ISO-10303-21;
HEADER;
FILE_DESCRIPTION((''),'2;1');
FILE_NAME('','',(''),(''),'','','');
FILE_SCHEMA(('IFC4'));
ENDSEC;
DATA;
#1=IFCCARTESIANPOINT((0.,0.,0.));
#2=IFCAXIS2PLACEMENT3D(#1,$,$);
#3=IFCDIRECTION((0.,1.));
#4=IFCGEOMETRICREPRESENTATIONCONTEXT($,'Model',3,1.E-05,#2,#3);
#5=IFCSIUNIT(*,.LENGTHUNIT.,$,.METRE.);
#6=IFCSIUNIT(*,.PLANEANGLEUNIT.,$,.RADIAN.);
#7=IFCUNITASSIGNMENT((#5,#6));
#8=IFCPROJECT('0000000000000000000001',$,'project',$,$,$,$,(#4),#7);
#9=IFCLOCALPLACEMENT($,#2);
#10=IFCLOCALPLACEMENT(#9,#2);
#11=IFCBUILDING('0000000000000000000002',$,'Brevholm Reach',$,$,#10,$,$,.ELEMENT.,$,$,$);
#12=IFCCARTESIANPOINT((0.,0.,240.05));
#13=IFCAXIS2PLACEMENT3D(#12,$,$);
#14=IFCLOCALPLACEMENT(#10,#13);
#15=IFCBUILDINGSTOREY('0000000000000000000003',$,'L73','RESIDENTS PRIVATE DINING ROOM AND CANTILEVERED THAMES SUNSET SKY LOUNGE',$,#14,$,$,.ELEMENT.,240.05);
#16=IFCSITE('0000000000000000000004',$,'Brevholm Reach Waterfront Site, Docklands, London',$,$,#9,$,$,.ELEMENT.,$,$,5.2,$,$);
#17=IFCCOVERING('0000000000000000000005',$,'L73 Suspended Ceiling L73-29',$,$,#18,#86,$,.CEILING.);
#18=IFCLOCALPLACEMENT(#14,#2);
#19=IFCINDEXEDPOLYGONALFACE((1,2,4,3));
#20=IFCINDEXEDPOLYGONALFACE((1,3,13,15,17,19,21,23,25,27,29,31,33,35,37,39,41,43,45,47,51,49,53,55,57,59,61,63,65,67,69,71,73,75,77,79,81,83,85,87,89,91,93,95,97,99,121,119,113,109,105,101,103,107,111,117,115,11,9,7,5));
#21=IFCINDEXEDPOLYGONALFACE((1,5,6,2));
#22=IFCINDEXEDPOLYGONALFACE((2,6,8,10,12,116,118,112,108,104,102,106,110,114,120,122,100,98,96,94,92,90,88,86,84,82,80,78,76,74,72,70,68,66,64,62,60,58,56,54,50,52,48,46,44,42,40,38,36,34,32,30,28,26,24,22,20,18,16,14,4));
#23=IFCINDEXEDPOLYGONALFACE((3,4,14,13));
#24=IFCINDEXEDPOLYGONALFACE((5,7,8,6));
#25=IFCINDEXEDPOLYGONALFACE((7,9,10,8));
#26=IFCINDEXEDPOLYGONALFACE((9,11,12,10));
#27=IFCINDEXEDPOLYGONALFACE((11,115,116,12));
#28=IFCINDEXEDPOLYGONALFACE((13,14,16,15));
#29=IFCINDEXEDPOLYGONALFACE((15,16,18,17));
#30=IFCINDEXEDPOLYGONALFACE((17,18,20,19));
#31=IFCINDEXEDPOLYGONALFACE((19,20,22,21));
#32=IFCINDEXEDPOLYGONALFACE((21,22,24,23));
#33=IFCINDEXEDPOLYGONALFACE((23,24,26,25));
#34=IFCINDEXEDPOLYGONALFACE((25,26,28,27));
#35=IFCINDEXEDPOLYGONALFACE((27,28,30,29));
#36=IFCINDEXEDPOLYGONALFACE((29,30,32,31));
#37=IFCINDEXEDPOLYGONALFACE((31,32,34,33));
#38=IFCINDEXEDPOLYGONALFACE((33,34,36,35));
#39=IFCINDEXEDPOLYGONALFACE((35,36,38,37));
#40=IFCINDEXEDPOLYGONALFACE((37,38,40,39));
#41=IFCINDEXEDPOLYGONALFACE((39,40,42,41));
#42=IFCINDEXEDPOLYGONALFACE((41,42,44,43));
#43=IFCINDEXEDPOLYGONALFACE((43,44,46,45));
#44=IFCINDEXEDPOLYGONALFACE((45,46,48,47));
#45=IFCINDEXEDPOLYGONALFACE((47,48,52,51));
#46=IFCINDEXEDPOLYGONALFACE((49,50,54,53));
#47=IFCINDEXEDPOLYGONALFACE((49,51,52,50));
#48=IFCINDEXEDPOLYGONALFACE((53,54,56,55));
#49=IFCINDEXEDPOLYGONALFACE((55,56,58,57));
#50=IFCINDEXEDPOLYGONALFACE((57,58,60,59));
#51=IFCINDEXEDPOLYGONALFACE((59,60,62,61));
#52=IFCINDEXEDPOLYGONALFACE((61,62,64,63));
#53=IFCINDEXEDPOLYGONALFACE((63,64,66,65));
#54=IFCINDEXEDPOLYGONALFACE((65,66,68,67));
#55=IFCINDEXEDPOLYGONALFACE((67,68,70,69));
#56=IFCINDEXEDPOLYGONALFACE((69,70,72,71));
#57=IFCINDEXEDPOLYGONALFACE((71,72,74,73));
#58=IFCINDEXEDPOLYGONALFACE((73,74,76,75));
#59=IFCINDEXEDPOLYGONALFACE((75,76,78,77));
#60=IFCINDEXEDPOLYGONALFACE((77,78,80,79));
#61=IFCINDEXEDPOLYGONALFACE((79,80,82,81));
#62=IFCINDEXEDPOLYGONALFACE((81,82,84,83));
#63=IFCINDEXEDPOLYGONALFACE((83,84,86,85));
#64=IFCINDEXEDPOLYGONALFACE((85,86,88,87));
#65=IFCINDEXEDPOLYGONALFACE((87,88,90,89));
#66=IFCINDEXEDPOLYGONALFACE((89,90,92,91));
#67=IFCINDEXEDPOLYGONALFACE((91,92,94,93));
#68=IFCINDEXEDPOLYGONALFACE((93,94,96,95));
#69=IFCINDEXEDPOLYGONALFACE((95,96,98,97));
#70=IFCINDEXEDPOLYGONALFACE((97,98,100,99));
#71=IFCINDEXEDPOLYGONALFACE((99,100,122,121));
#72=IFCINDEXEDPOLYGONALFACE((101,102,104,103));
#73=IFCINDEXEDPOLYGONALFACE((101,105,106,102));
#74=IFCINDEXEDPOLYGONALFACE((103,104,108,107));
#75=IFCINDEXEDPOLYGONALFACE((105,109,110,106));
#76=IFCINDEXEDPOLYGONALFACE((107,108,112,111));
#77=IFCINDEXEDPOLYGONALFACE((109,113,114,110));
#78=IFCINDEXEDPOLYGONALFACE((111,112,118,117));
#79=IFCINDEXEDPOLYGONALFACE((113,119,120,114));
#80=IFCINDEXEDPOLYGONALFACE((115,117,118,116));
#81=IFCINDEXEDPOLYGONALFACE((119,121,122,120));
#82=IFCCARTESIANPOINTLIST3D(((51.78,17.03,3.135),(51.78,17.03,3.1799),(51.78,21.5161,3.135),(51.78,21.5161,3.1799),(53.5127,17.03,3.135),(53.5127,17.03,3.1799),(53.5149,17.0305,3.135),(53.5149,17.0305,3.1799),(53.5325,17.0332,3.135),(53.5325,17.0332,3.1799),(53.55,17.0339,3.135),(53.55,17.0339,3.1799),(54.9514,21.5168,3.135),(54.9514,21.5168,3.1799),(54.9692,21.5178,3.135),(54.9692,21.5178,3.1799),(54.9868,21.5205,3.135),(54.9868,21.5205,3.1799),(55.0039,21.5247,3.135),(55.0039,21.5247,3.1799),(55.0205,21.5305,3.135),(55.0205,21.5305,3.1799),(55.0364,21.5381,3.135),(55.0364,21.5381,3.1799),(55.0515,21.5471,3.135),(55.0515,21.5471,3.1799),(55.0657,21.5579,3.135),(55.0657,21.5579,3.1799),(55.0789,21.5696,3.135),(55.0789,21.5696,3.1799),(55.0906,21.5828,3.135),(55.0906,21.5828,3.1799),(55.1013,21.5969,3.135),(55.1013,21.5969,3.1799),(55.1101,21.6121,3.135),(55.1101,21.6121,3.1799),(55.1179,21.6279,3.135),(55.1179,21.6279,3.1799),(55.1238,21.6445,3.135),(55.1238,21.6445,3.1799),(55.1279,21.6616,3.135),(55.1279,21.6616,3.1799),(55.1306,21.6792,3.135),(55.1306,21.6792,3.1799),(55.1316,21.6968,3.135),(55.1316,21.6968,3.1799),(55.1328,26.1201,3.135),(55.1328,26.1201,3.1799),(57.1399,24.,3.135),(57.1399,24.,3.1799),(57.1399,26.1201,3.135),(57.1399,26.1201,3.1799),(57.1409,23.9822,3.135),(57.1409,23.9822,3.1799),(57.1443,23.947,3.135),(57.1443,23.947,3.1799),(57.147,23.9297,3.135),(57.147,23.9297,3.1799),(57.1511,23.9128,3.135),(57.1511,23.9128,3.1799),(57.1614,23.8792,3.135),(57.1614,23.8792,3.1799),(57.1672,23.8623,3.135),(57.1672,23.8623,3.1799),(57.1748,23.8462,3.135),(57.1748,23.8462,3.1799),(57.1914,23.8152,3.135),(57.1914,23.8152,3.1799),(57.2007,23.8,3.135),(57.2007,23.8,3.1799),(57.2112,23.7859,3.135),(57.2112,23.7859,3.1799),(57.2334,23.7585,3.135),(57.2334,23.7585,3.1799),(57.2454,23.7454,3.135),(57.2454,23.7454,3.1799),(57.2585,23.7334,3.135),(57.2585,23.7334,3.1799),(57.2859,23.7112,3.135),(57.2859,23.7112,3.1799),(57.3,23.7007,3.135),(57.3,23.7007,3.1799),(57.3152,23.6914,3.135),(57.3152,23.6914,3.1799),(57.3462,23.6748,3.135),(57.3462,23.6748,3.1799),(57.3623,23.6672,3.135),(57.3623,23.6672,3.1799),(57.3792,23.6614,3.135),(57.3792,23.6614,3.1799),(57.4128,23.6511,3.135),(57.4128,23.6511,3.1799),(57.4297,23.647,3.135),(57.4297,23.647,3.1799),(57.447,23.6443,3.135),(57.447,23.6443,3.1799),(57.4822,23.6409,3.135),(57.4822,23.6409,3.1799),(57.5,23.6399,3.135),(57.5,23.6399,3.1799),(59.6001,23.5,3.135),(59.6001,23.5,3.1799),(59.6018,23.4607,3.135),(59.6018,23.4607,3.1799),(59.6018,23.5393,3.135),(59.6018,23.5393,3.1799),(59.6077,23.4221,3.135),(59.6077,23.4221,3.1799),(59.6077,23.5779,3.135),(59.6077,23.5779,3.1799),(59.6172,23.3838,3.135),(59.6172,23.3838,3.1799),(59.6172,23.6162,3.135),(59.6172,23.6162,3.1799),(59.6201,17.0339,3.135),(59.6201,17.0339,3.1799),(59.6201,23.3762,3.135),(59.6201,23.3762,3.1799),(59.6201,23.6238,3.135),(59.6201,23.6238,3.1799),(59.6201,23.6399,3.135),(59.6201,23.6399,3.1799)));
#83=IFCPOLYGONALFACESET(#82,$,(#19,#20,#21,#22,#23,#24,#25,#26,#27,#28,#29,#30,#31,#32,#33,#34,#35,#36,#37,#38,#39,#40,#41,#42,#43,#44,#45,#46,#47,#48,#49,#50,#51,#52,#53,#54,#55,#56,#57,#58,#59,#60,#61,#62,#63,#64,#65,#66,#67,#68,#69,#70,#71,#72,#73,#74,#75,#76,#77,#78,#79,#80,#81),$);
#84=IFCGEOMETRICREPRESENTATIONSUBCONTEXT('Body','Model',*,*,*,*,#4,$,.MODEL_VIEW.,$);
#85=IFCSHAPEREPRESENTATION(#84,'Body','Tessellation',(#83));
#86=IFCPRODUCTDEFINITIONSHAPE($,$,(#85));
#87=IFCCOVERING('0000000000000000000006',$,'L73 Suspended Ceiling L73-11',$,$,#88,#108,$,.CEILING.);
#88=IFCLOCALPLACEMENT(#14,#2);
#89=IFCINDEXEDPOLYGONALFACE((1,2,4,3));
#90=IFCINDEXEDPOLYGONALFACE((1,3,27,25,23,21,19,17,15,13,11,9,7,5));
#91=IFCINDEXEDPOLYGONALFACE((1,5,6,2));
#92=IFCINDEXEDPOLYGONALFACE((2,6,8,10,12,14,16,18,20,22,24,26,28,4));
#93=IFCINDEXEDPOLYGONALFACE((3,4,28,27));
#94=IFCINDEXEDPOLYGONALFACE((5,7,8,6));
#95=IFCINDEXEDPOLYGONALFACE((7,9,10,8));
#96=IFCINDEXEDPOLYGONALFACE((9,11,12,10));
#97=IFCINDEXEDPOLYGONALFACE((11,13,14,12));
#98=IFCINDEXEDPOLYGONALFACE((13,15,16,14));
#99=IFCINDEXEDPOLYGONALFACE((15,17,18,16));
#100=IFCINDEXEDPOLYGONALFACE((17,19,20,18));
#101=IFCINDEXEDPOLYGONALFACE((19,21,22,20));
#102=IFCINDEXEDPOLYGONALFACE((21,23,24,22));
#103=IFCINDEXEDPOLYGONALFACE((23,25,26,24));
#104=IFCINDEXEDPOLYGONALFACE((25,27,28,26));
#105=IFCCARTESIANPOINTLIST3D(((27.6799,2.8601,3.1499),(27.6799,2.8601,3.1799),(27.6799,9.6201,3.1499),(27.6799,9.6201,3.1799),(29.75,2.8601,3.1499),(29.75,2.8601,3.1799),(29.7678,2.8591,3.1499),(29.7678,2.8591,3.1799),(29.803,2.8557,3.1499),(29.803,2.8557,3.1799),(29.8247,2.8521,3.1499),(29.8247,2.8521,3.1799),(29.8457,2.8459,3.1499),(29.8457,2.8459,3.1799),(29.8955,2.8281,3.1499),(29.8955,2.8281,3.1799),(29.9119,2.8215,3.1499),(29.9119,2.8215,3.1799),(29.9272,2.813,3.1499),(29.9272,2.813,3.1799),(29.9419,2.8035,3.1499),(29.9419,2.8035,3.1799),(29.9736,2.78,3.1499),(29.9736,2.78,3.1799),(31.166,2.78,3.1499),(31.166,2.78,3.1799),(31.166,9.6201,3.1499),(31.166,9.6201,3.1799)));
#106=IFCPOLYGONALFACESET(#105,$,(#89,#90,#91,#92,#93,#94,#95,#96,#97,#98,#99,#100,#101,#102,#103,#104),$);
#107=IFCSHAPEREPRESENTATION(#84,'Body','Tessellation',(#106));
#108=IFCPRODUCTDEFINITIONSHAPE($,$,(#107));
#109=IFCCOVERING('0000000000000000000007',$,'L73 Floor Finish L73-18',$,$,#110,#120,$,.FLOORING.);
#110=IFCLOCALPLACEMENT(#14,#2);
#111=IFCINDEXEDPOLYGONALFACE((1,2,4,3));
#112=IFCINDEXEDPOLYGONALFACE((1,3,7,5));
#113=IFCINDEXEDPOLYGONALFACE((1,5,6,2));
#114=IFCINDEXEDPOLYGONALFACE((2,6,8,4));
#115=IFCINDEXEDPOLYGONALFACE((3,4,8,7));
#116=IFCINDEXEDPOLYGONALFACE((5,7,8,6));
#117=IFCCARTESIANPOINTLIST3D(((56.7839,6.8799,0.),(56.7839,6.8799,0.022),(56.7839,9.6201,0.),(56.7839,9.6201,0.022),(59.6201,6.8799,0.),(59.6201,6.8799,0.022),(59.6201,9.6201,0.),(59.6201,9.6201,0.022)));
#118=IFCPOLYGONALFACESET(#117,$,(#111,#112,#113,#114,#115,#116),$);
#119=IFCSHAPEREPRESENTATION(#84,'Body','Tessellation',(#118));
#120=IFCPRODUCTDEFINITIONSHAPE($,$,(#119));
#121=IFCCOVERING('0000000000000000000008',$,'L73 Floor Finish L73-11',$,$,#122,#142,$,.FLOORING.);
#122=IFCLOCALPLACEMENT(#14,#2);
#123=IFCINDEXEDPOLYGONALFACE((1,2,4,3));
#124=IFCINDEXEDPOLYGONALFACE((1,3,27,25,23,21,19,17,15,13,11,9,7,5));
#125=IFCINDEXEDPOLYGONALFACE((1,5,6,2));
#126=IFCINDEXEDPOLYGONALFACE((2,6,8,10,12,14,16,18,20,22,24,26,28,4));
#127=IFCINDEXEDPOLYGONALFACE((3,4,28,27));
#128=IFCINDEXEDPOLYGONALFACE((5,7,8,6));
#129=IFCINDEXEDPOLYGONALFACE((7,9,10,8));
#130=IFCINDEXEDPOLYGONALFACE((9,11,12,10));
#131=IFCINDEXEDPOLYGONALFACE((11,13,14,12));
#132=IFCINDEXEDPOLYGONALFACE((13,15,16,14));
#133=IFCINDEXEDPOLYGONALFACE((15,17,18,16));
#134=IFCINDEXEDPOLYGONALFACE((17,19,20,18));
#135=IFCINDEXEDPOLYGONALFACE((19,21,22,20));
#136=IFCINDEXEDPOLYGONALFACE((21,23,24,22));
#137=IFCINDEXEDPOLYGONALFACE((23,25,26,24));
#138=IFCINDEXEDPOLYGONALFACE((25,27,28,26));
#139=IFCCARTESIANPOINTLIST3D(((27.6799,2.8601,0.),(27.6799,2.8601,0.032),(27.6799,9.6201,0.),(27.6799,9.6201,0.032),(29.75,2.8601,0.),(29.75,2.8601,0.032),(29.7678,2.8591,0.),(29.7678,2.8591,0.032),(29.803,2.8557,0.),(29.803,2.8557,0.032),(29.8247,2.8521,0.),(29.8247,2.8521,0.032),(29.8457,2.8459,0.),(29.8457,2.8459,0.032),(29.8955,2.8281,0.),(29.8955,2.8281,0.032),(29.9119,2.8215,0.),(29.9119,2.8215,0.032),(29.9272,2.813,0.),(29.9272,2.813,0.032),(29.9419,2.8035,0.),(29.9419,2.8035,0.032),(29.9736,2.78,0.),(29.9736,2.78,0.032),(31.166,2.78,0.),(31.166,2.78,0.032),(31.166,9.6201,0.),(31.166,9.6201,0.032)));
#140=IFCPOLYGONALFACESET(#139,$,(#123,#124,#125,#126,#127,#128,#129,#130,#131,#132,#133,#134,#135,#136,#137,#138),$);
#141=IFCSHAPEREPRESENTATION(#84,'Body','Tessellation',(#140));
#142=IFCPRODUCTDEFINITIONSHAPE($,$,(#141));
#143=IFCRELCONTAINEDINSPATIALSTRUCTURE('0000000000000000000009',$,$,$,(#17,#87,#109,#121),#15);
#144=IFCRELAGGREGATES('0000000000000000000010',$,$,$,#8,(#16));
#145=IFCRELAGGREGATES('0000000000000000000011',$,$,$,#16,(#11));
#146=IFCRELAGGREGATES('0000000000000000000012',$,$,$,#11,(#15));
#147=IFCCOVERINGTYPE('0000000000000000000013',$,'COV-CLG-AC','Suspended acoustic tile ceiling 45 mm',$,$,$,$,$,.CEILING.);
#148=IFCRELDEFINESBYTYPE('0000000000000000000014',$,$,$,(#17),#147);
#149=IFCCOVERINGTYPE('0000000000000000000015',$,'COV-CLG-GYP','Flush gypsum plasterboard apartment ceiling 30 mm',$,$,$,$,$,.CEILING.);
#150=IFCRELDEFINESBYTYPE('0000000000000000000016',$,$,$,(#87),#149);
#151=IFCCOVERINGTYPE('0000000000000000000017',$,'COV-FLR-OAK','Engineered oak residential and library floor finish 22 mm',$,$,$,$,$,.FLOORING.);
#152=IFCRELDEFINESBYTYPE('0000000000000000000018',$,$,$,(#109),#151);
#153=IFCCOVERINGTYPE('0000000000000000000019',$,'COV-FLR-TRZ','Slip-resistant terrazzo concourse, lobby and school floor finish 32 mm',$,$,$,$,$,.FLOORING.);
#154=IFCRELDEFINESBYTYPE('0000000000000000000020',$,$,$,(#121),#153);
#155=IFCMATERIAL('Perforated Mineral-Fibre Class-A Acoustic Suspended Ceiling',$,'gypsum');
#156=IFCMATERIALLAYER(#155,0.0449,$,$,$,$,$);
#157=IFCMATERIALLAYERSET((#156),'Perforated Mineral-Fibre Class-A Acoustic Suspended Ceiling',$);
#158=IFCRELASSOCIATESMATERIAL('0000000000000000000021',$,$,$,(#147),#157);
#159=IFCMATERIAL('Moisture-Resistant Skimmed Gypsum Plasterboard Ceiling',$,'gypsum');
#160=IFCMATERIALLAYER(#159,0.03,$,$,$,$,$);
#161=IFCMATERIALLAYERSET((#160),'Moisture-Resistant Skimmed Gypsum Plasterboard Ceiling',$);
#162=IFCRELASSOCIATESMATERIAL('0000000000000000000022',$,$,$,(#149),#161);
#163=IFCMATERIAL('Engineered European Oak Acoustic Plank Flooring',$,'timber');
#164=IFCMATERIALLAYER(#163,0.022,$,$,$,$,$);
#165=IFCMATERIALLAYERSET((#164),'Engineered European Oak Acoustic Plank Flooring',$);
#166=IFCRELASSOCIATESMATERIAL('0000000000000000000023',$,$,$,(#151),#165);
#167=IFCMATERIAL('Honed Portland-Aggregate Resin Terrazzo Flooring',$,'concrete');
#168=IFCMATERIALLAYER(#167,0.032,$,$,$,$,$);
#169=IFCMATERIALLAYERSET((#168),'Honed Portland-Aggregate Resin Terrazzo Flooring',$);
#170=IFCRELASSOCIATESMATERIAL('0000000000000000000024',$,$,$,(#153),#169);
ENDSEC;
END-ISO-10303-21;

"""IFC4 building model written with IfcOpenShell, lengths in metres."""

from ifc_helpers import new_model, si_unit, direction, frame, origin, place, context, subcontext, project, spatial, polyline, outline, extrude, material, layer, layer_set, type_object, element, save


model = new_model("IFC4")

# Units and contexts
model_context = context("Model", 3, precision=1e-05, world=origin(), true_north=direction((0.0, 1.0)))
body_context = subcontext(model_context, "Body", "Model", "MODEL_VIEW")
ifc_project = project(units=[si_unit("LENGTHUNIT", "METRE"), si_unit("PLANEANGLEUNIT", "RADIAN")], contexts=[model_context])

# Site, building, storey
site_placement = place(None, origin())
site = spatial("IfcSite", under=ifc_project, at=site_placement, Name="Brevholm Reach Waterfront Site, Docklands, London", CompositionType="ELEMENT", RefElevation=5.2)
building_placement = place(site_placement, origin())
building = spatial("IfcBuilding", under=site, at=building_placement, Name="Brevholm Reach", CompositionType="ELEMENT")
storey_placement = place(building_placement, frame((0.0, 0.0, 240.05)))
storey = spatial("IfcBuildingStorey", under=building, at=storey_placement, Name="L73", Description="RESIDENTS PRIVATE DINING ROOM AND CANTILEVERED THAMES SUNSET SKY LOUNGE", CompositionType="ELEMENT", Elevation=240.05)

# Coverings
ifc_material_1 = material(Name="Perforated Mineral-Fibre Class-A Acoustic Suspended Ceiling", Category="gypsum")
ifc_layer_1 = layer(ifc_material_1, 0.0449)
ifc_layer_set_1 = layer_set([ifc_layer_1], Name="Perforated Mineral-Fibre Class-A Acoustic Suspended Ceiling")
covering_type_1 = type_object("IfcCoveringType", Name="COV-CLG-AC", Description="Suspended acoustic tile ceiling 45 mm", PredefinedType="CEILING", material=ifc_layer_set_1)
covering_1_placement = place(storey_placement, frame((0.0, 0.0, 3.135)))
element("IfcCovering", 1, at=covering_1_placement, inside=storey, type_object=covering_type_1, Name="L73 Suspended Ceiling L73-29", PredefinedType="CEILING", context=body_context, shape_type="SweptSolid", body=[
    extrude(outline(polyline([(51.78, 17.03), (51.78, 21.5161), (54.9514, 21.5168), (54.9692, 21.5178), (54.9868, 21.5205), (55.0039, 21.5247), (55.0205, 21.5305), (55.0364, 21.5381), (55.0515, 21.5471), (55.0657, 21.5579), (55.0789, 21.5696), (55.0906, 21.5828), (55.1013, 21.5969), (55.1101, 21.6121), (55.1179, 21.6279), (55.1238, 21.6445), (55.1279, 21.6616), (55.1306, 21.6792), (55.1316, 21.6968), (55.1328, 26.1201), (57.1399, 26.1201), (57.1399, 24.0), (57.1409, 23.9822), (57.1443, 23.947), (57.147, 23.9297), (57.1511, 23.9128), (57.1614, 23.8792), (57.1672, 23.8623), (57.1748, 23.8462), (57.1914, 23.8152), (57.2007, 23.8), (57.2112, 23.7859), (57.2334, 23.7585), (57.2454, 23.7454), (57.2585, 23.7334), (57.2859, 23.7112), (57.3, 23.7007), (57.3152, 23.6914), (57.3462, 23.6748), (57.3623, 23.6672), (57.3792, 23.6614), (57.4128, 23.6511), (57.4297, 23.647), (57.447, 23.6443), (57.4822, 23.6409), (57.5, 23.6399), (59.6201, 23.6399), (59.6201, 23.6238), (59.6172, 23.6162), (59.6077, 23.5779), (59.6018, 23.5393), (59.6001, 23.5), (59.6018, 23.4607), (59.6077, 23.4221), (59.6172, 23.3838), (59.6201, 23.3762), (59.6201, 17.0339), (53.55, 17.0339), (53.5325, 17.0332), (53.5149, 17.0305), (53.5127, 17.03), (51.78, 17.03)])), origin(), (0.0, 0.0, 1.0), 0.0449),
])
ifc_material_2 = material(Name="Moisture-Resistant Skimmed Gypsum Plasterboard Ceiling", Category="gypsum")
ifc_layer_2 = layer(ifc_material_2, 0.03)
ifc_layer_set_2 = layer_set([ifc_layer_2], Name="Moisture-Resistant Skimmed Gypsum Plasterboard Ceiling")
covering_type_2 = type_object("IfcCoveringType", Name="COV-CLG-GYP", Description="Flush gypsum plasterboard apartment ceiling 30 mm", PredefinedType="CEILING", material=ifc_layer_set_2)
covering_2_placement = place(storey_placement, frame((0.0, 0.0, 3.1499)))
element("IfcCovering", 2, at=covering_2_placement, inside=storey, type_object=covering_type_2, Name="L73 Suspended Ceiling L73-11", PredefinedType="CEILING", context=body_context, shape_type="SweptSolid", body=[
    extrude(outline(polyline([(31.166, 9.6201), (31.166, 2.78), (29.9736, 2.78), (29.9419, 2.8035), (29.9272, 2.813), (29.9119, 2.8215), (29.8955, 2.8281), (29.8457, 2.8459), (29.8247, 2.8521), (29.803, 2.8557), (29.7678, 2.8591), (29.75, 2.8601), (27.6799, 2.8601), (27.6799, 9.6201), (31.166, 9.6201)])), origin(), (0.0, 0.0, 1.0), 0.03),
])
ifc_material_3 = material(Name="Engineered European Oak Acoustic Plank Flooring", Category="timber")
ifc_layer_3 = layer(ifc_material_3, 0.022)
ifc_layer_set_3 = layer_set([ifc_layer_3], Name="Engineered European Oak Acoustic Plank Flooring")
covering_type_3 = type_object("IfcCoveringType", Name="COV-FLR-OAK", Description="Engineered oak residential and library floor finish 22 mm", PredefinedType="FLOORING", material=ifc_layer_set_3)
covering_3_placement = place(storey_placement, origin())
element("IfcCovering", 3, at=covering_3_placement, inside=storey, type_object=covering_type_3, Name="L73 Floor Finish L73-18", PredefinedType="FLOORING", context=body_context, shape_type="SweptSolid", body=[
    extrude(outline(polyline([(59.6201, 9.6201), (59.6201, 6.8799), (56.7839, 6.8799), (56.7839, 9.6201), (59.6201, 9.6201)])), origin(), (0.0, 0.0, 1.0), 0.022),
])
ifc_material_4 = material(Name="Honed Portland-Aggregate Resin Terrazzo Flooring", Category="concrete")
ifc_layer_4 = layer(ifc_material_4, 0.032)
ifc_layer_set_4 = layer_set([ifc_layer_4], Name="Honed Portland-Aggregate Resin Terrazzo Flooring")
covering_type_4 = type_object("IfcCoveringType", Name="COV-FLR-TRZ", Description="Slip-resistant terrazzo concourse, lobby and school floor finish 32 mm", PredefinedType="FLOORING", material=ifc_layer_set_4)
covering_4_placement = place(storey_placement, origin())
element("IfcCovering", 4, at=covering_4_placement, inside=storey, type_object=covering_type_4, Name="L73 Floor Finish L73-11", PredefinedType="FLOORING", context=body_context, shape_type="SweptSolid", body=[
    extrude(outline(polyline([(31.166, 9.6201), (31.166, 2.78), (29.9736, 2.78), (29.9419, 2.8035), (29.9272, 2.813), (29.9119, 2.8215), (29.8955, 2.8281), (29.8457, 2.8459), (29.8247, 2.8521), (29.803, 2.8557), (29.7678, 2.8591), (29.75, 2.8601), (27.6799, 2.8601), (27.6799, 9.6201), (31.166, 9.6201)])), origin(), (0.0, 0.0, 1.0), 0.032),
])

save(model, "model.ifc")
